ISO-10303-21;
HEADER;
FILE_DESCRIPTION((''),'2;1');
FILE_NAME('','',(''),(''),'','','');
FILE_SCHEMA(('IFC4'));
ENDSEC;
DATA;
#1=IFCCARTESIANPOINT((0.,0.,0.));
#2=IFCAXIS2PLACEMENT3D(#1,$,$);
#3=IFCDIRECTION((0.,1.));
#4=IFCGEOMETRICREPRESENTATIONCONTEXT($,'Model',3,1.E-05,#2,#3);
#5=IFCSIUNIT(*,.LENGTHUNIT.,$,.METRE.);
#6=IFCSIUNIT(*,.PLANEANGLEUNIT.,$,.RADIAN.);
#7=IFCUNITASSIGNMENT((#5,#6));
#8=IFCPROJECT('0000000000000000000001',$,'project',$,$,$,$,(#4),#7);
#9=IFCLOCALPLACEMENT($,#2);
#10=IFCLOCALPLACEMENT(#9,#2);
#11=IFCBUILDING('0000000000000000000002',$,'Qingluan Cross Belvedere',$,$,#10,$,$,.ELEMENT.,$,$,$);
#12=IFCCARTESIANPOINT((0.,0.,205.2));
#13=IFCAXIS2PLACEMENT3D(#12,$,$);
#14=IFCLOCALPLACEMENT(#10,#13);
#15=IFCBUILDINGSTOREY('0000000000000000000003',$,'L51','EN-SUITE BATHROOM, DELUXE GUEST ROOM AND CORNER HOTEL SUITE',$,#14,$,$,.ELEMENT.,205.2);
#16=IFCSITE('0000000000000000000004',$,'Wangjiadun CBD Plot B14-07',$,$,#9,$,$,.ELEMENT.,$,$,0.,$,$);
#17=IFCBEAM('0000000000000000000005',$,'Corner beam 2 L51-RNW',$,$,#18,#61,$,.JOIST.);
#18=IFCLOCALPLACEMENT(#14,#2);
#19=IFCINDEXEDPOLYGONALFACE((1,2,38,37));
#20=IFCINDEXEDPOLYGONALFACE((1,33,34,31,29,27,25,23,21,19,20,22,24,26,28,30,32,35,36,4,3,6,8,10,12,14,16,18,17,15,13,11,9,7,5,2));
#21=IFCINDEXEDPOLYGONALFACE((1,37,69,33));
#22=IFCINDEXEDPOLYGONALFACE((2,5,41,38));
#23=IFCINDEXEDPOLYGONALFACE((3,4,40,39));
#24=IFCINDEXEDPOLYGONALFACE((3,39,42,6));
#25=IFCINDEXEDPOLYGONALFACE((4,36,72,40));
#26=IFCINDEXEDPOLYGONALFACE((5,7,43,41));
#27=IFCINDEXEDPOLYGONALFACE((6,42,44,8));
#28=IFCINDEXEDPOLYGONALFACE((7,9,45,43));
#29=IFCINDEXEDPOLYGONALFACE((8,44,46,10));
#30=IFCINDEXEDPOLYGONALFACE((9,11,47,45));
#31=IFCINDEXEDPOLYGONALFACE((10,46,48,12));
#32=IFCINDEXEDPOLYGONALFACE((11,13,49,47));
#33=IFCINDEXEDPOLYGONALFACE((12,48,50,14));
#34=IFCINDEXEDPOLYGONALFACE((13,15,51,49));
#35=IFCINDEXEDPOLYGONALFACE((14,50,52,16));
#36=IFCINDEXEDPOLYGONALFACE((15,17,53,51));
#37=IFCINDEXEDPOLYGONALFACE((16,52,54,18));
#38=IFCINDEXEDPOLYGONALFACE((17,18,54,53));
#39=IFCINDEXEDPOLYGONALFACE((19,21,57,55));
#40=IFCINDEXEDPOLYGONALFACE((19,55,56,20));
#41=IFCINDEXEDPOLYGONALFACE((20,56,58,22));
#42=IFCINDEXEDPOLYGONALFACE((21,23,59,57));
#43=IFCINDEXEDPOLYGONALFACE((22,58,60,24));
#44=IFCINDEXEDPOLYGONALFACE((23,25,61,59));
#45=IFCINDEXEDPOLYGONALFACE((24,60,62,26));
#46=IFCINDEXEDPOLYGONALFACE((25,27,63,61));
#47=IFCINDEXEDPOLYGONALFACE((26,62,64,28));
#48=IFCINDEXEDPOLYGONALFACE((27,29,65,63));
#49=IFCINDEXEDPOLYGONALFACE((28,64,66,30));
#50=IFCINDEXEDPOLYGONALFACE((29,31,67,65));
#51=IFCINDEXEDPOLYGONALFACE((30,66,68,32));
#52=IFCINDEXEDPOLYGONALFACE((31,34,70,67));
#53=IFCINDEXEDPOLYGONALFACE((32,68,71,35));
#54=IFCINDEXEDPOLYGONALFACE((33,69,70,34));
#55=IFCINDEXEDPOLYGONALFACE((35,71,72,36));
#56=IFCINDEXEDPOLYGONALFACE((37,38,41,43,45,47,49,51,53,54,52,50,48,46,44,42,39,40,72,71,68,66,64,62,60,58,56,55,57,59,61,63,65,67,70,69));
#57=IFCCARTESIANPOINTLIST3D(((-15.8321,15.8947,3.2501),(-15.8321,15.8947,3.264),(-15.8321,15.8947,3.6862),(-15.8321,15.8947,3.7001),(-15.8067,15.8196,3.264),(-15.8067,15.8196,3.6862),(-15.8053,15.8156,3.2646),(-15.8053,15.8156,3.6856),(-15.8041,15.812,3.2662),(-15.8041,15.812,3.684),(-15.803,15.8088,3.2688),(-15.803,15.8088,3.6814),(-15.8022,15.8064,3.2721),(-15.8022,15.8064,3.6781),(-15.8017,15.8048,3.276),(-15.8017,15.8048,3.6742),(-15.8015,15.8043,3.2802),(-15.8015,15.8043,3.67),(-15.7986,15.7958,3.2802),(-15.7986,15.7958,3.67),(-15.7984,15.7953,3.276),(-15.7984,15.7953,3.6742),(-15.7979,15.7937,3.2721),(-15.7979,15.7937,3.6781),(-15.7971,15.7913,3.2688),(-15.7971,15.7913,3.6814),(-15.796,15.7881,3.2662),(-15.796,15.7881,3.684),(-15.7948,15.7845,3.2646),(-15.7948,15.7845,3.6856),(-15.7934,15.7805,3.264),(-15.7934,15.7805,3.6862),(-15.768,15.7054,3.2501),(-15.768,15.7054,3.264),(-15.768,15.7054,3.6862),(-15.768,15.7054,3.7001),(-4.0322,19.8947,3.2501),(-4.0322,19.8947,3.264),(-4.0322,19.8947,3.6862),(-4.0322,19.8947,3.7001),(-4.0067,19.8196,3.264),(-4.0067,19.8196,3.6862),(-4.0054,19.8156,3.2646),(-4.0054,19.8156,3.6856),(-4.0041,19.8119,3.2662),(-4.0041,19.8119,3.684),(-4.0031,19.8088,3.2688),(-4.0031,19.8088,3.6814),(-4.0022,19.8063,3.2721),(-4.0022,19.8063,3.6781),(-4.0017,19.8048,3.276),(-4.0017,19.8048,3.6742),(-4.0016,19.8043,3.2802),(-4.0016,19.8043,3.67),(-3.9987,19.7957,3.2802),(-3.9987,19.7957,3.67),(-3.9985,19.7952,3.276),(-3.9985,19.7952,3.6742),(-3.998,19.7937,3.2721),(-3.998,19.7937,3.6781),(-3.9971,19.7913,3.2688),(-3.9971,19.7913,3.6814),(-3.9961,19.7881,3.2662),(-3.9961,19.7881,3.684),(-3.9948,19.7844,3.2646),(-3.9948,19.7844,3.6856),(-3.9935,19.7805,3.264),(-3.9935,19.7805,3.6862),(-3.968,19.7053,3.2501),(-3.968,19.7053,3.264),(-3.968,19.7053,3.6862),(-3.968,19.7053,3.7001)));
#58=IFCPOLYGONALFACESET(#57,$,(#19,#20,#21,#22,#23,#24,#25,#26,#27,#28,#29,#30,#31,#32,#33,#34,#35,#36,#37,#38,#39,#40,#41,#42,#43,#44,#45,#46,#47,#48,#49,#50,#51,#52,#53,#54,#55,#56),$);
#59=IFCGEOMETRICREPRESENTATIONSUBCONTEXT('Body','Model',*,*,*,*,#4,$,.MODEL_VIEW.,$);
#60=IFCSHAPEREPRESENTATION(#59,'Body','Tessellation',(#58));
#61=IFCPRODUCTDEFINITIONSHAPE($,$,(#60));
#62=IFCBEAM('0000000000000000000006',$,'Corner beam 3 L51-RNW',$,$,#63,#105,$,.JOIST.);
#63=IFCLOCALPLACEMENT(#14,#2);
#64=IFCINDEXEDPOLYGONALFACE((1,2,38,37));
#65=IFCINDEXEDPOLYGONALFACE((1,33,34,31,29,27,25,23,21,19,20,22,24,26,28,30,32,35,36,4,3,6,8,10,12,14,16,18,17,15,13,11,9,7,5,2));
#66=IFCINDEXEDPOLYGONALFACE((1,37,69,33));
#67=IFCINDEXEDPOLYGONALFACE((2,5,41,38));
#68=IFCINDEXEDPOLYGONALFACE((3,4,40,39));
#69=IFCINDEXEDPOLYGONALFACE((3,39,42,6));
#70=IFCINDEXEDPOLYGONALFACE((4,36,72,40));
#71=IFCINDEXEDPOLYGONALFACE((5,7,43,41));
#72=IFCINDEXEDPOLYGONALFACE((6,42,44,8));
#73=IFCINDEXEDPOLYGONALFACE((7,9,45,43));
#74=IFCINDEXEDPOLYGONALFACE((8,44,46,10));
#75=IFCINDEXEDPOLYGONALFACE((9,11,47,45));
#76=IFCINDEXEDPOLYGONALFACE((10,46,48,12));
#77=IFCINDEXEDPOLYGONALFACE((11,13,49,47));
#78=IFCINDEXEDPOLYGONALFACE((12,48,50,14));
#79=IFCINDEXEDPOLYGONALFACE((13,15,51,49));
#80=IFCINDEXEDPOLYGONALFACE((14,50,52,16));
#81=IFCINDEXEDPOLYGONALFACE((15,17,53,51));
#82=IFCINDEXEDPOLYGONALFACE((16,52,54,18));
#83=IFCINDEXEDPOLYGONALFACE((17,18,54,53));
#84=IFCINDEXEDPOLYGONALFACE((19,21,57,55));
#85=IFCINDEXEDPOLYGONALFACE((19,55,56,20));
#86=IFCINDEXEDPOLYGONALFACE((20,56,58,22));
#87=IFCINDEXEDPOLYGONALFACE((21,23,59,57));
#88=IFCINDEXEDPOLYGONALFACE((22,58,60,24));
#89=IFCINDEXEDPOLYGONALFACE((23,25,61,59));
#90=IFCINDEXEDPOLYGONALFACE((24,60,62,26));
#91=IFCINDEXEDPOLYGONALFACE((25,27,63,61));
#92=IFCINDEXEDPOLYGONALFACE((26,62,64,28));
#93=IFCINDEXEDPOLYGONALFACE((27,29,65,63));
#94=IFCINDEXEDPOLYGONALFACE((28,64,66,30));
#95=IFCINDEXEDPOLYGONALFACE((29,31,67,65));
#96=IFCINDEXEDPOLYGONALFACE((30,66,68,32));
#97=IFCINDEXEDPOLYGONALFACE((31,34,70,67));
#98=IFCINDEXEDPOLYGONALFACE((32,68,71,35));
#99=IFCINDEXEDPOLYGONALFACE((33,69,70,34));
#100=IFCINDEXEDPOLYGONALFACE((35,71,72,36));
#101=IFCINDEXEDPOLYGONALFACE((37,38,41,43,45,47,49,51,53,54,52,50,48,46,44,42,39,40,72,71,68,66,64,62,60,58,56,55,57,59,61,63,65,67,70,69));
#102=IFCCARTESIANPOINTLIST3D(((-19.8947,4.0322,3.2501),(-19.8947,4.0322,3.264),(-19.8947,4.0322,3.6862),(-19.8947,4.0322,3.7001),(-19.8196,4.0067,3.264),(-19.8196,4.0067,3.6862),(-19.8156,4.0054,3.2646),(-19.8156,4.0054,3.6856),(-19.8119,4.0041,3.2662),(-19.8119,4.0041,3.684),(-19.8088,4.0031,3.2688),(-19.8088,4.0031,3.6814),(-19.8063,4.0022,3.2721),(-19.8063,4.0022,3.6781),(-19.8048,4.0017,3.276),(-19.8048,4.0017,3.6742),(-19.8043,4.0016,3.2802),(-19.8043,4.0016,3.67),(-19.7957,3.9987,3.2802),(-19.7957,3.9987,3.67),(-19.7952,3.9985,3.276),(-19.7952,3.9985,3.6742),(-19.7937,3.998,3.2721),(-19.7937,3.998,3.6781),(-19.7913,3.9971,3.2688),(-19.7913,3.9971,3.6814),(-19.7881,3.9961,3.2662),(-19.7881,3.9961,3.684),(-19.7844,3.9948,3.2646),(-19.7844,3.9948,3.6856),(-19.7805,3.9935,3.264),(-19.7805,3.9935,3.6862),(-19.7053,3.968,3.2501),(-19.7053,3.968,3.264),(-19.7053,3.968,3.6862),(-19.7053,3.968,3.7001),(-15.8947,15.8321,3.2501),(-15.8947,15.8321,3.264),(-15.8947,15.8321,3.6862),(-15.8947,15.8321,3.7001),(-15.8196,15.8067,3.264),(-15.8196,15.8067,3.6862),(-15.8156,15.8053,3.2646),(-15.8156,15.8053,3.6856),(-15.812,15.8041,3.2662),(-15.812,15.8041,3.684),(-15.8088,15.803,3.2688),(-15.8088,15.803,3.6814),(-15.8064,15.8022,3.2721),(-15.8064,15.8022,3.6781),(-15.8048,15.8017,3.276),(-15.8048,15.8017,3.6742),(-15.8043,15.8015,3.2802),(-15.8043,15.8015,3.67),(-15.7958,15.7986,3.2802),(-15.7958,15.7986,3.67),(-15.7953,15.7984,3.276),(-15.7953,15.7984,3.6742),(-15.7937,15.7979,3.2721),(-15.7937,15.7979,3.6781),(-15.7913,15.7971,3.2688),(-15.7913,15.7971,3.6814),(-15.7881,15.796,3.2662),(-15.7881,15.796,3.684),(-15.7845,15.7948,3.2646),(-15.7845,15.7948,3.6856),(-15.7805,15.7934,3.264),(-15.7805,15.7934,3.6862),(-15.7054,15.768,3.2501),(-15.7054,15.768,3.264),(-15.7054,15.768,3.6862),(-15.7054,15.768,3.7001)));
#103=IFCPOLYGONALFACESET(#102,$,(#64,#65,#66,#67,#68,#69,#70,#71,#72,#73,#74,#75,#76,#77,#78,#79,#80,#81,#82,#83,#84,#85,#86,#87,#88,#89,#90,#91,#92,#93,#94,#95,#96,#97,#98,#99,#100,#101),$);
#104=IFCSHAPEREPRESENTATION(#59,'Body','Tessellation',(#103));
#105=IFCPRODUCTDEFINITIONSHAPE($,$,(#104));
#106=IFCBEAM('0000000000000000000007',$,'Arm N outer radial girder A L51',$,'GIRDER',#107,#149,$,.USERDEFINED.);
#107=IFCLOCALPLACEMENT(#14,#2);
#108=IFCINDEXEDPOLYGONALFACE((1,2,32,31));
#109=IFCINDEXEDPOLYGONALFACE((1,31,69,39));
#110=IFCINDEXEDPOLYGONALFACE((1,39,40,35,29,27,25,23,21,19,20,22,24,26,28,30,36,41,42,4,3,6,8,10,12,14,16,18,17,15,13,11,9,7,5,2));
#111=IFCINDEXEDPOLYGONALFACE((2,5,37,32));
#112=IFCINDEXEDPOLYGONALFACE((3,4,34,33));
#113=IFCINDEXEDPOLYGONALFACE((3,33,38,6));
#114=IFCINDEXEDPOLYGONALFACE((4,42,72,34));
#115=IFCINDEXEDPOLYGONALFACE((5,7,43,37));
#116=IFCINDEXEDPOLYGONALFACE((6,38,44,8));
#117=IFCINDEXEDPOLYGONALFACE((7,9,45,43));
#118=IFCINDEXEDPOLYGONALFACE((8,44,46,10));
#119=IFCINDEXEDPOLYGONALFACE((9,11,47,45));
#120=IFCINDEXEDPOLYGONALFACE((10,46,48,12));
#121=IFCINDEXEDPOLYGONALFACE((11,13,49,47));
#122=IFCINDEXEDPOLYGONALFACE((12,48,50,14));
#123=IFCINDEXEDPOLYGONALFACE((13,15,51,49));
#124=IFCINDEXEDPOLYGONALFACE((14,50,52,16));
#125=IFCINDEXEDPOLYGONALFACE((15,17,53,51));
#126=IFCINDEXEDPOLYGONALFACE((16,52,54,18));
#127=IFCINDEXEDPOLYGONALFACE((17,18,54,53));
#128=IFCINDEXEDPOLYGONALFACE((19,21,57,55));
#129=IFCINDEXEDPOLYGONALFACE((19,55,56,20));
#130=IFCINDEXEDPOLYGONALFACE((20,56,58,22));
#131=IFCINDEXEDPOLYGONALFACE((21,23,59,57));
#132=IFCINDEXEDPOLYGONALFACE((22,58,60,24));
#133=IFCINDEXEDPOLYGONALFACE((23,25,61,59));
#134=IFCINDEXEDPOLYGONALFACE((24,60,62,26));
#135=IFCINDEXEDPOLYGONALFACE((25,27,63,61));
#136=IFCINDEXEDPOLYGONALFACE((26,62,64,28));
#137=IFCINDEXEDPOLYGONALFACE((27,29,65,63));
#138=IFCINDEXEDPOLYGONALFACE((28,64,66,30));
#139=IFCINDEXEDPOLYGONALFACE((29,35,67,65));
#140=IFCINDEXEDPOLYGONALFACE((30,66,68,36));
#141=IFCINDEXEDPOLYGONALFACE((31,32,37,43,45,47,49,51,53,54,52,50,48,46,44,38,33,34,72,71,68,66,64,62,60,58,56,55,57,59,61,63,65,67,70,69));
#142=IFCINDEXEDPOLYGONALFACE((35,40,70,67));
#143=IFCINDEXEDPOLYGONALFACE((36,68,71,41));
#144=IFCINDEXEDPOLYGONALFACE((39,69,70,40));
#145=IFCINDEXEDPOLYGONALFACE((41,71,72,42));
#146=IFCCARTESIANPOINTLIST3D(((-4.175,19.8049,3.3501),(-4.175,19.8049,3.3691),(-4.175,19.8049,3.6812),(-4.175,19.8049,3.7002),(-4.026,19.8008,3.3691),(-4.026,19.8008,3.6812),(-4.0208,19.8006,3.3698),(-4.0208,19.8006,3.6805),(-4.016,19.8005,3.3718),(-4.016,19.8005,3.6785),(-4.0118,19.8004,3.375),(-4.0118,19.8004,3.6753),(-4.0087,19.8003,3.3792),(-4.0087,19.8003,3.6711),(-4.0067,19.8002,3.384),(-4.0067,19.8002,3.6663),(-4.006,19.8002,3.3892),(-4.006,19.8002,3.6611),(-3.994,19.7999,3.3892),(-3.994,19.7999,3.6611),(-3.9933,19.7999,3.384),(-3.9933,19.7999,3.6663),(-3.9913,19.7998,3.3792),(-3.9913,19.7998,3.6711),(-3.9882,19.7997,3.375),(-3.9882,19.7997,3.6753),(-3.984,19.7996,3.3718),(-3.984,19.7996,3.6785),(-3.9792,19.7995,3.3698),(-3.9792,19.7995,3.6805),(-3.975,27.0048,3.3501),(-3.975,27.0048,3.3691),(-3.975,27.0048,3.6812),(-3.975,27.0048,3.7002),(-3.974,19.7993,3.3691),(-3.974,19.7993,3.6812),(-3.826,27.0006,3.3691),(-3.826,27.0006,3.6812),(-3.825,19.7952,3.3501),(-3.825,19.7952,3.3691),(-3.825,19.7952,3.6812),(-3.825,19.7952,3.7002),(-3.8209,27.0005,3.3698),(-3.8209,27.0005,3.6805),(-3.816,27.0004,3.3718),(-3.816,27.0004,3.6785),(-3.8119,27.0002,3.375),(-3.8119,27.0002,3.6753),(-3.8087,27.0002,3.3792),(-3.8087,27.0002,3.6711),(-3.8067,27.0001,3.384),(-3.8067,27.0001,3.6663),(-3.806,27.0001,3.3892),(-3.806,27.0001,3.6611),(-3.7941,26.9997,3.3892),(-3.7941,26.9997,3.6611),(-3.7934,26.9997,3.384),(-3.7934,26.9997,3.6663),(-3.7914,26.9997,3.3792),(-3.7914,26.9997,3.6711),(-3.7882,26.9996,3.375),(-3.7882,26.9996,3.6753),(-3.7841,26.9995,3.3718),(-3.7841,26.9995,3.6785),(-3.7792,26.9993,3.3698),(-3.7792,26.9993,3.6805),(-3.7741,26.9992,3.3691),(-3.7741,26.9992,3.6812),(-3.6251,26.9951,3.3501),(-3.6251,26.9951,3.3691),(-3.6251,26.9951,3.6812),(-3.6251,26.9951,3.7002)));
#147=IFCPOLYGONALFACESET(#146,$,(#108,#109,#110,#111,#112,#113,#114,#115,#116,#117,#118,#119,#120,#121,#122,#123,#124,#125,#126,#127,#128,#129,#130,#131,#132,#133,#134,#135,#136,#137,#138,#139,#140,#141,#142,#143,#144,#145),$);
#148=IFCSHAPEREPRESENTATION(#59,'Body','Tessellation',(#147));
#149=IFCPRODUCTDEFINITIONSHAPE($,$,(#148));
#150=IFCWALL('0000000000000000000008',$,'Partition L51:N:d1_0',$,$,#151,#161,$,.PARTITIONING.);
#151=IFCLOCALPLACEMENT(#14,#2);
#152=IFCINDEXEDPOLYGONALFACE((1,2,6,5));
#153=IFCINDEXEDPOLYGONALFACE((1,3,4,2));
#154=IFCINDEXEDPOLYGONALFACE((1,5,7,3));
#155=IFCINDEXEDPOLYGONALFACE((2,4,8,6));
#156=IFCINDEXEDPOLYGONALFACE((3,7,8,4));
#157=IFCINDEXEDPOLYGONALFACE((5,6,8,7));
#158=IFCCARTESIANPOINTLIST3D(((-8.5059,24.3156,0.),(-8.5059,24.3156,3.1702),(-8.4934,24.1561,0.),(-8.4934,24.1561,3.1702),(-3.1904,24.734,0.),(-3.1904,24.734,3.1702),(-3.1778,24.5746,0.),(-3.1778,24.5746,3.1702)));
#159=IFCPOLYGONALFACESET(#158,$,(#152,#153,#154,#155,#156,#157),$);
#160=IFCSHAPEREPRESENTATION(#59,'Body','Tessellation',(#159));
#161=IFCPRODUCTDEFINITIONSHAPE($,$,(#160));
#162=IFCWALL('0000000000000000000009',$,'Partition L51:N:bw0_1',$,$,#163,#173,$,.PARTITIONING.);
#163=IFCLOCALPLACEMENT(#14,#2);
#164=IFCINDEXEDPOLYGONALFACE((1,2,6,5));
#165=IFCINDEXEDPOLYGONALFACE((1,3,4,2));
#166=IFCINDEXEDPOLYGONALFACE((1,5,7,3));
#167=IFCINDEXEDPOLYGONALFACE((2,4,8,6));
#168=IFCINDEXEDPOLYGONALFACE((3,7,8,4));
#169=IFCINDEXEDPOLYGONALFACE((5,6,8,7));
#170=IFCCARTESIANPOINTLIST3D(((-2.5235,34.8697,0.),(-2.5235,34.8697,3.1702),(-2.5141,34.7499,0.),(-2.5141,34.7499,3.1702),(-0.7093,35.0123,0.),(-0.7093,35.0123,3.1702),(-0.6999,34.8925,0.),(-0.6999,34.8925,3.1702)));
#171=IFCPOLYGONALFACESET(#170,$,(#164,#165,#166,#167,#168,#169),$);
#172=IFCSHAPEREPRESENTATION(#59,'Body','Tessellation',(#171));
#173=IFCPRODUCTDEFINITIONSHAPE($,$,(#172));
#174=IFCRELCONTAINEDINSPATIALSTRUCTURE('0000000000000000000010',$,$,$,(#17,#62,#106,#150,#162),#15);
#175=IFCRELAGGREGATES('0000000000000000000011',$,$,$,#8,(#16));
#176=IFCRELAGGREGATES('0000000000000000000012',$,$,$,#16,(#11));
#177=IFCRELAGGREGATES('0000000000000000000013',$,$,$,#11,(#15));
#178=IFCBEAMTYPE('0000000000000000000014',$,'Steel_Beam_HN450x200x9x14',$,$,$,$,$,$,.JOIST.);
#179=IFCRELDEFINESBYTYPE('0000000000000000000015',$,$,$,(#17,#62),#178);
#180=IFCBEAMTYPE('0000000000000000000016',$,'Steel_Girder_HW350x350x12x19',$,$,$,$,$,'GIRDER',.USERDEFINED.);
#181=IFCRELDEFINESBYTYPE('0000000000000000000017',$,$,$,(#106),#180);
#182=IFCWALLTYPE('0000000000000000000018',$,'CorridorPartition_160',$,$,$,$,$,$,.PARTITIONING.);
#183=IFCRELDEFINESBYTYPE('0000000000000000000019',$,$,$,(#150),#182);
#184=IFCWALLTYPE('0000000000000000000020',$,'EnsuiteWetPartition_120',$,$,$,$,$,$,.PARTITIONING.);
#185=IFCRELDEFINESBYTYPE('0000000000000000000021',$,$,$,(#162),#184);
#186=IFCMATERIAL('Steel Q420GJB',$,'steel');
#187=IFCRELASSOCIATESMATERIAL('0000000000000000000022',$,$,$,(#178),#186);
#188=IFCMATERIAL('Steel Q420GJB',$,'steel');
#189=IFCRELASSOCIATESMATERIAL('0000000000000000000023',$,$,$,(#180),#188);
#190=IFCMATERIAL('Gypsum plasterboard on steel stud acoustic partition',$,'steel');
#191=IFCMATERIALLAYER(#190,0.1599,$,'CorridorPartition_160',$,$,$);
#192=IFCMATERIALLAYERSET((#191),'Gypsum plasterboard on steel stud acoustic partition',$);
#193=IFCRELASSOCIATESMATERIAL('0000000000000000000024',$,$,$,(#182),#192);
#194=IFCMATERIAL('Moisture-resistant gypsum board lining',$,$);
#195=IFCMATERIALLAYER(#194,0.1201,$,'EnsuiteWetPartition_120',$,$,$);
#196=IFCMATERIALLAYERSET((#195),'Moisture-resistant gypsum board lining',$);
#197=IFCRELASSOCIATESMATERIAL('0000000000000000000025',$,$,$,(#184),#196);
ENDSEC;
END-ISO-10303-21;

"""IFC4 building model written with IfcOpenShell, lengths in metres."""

from ifc_helpers import new_model, si_unit, direction, frame, frame_2d, origin, origin_2d, place, context, subcontext, project, spatial, rectangle, i_section, extrude, material, layer, layer_set, material_profile, profile_set, type_object, element, save


model = new_model("IFC4")

# Units and contexts
model_context = context("Model", 3, precision=1e-05, world=origin(), true_north=direction((0.0, 1.0)))
body_context = subcontext(model_context, "Body", "Model", "MODEL_VIEW")
ifc_project = project(units=[si_unit("LENGTHUNIT", "METRE"), si_unit("PLANEANGLEUNIT", "RADIAN")], contexts=[model_context])

# Site, building, storey
site_placement = place(None, origin())
site = spatial("IfcSite", under=ifc_project, at=site_placement, Name="Wangjiadun CBD Plot B14-07", CompositionType="ELEMENT", RefElevation=0.0)
building_placement = place(site_placement, origin())
building = spatial("IfcBuilding", under=site, at=building_placement, Name="Qingluan Cross Belvedere", CompositionType="ELEMENT")
storey_placement = place(building_placement, frame((0.0, 0.0, 205.2)))
storey = spatial("IfcBuildingStorey", under=building, at=storey_placement, Name="L51", Description="EN-SUITE BATHROOM, DELUXE GUEST ROOM AND CORNER HOTEL SUITE", CompositionType="ELEMENT", Elevation=205.2)

# Beams
ifc_material_1 = material(Name="Steel Q420GJB", Category="steel")
ifc_material_profile_1 = material_profile(ifc_material_1, i_section(OverallWidth=0.2, OverallDepth=0.45, WebThickness=0.009, FlangeThickness=0.0139, FilletRadius=0.0161, at=origin_2d()), Name="HN450x200x9x14")
ifc_profile_set_1 = profile_set([ifc_material_profile_1], Name="Steel Q420GJB")
beam_type_1 = type_object("IfcBeamType", Name="Steel_Beam_HN450x200x9x14", PredefinedType="JOIST", material=ifc_profile_set_1)
for number, where, z_axis, x_axis, name in (
    (1, (-15.8, 15.8, 3.4751), (0.947066, 0.321038, 0.0), (-0.321038, 0.947066, 0.0), "Corner beam 2 L51-RNW"),
    (2, (-15.8, 15.8, 3.4751), (-0.321038, -0.947066, 0.0), (0.947066, -0.321038, 0.0), "Corner beam 3 L51-RNW"),
):
    element("IfcBeam", number, at=place(storey_placement, frame(where, z_axis=z_axis, x_axis=x_axis)), inside=storey, type_object=beam_type_1, Name=name, PredefinedType="JOIST", context=body_context, shape_type="SweptSolid", body=[
        extrude(i_section(OverallWidth=0.2, OverallDepth=0.45, WebThickness=0.009, FlangeThickness=0.0139, FilletRadius=0.0161, at=origin_2d()), origin(), (0.0, 0.0, 1.0), 12.4595),
    ])
ifc_material_2 = material(Name="Steel Q420GJB", Category="steel")
ifc_material_profile_2 = material_profile(ifc_material_2, i_section(OverallWidth=0.3501, OverallDepth=0.3501, WebThickness=0.012, FlangeThickness=0.019, FilletRadius=0.02, at=origin_2d()), Name="HW350x350x12x19")
ifc_profile_set_2 = profile_set([ifc_material_profile_2], Name="Steel Q420GJB")
beam_type_2 = type_object("IfcBeamType", Name="Steel_Girder_HW350x350x12x19", ElementType="GIRDER", PredefinedType="USERDEFINED", material=ifc_profile_set_2)
beam_1_placement = place(storey_placement, frame((-4.0, 19.8, 3.5251), z_axis=(0.02776, 0.999615, 0.0), x_axis=(-0.999615, 0.02776, 0.0)))
element("IfcBeam", 3, at=beam_1_placement, inside=storey, type_object=beam_type_2, Name="Arm N outer radial girder A L51", ObjectType="GIRDER", PredefinedType="USERDEFINED", context=body_context, shape_type="SweptSolid", body=[
    extrude(i_section(OverallWidth=0.3501, OverallDepth=0.3501, WebThickness=0.012, FlangeThickness=0.019, FilletRadius=0.02, at=origin_2d()), origin(), (0.0, 0.0, 1.0), 7.2026),
])

# Walls
ifc_material_3 = material(Name="Gypsum plasterboard on steel stud acoustic partition", Category="steel")
ifc_layer_1 = layer(ifc_material_3, 0.1599, Name="CorridorPartition_160")
ifc_layer_set_1 = layer_set([ifc_layer_1], Name="Gypsum plasterboard on steel stud acoustic partition")
wall_type_1 = type_object("IfcWallType", Name="CorridorPartition_160", PredefinedType="PARTITIONING", material=ifc_layer_set_1)
wall_1_placement = place(storey_placement, frame((-3.1841, 24.6543, 0.0), z_axis=(0.0, 0.0, 1.0), x_axis=(-0.996916, -0.078479, 0.0)))
element("IfcWall", 4, at=wall_1_placement, inside=storey, type_object=wall_type_1, Name="Partition L51:N:d1_0", PredefinedType="PARTITIONING", context=body_context, shape_type="SweptSolid", body=[
    extrude(rectangle(XDim=5.332, YDim=0.1599, at=frame_2d((2.666, 0.0))), origin(), (0.0, 0.0, 1.0), 3.1702),
])
ifc_material_4 = material(Name="Moisture-resistant gypsum board lining")
ifc_layer_2 = layer(ifc_material_4, 0.1201, Name="EnsuiteWetPartition_120")
ifc_layer_set_2 = layer_set([ifc_layer_2], Name="Moisture-resistant gypsum board lining")
wall_type_2 = type_object("IfcWallType", Name="EnsuiteWetPartition_120", PredefinedType="PARTITIONING", material=ifc_layer_set_2)
wall_2_placement = place(storey_placement, frame((-2.5188, 34.8098, 0.0), z_axis=(0.0, 0.0, 1.0), x_axis=(0.996926, 0.078348, 0.0)))
element("IfcWall", 5, at=wall_2_placement, inside=storey, type_object=wall_type_2, Name="Partition L51:N:bw0_1", PredefinedType="PARTITIONING", context=body_context, shape_type="SweptSolid", body=[
    extrude(rectangle(XDim=1.8198, YDim=0.1201, at=frame_2d((0.9099, 0.0))), origin(), (0.0, 0.0, 1.0), 3.1702),
])

save(model, "model.ifc")
